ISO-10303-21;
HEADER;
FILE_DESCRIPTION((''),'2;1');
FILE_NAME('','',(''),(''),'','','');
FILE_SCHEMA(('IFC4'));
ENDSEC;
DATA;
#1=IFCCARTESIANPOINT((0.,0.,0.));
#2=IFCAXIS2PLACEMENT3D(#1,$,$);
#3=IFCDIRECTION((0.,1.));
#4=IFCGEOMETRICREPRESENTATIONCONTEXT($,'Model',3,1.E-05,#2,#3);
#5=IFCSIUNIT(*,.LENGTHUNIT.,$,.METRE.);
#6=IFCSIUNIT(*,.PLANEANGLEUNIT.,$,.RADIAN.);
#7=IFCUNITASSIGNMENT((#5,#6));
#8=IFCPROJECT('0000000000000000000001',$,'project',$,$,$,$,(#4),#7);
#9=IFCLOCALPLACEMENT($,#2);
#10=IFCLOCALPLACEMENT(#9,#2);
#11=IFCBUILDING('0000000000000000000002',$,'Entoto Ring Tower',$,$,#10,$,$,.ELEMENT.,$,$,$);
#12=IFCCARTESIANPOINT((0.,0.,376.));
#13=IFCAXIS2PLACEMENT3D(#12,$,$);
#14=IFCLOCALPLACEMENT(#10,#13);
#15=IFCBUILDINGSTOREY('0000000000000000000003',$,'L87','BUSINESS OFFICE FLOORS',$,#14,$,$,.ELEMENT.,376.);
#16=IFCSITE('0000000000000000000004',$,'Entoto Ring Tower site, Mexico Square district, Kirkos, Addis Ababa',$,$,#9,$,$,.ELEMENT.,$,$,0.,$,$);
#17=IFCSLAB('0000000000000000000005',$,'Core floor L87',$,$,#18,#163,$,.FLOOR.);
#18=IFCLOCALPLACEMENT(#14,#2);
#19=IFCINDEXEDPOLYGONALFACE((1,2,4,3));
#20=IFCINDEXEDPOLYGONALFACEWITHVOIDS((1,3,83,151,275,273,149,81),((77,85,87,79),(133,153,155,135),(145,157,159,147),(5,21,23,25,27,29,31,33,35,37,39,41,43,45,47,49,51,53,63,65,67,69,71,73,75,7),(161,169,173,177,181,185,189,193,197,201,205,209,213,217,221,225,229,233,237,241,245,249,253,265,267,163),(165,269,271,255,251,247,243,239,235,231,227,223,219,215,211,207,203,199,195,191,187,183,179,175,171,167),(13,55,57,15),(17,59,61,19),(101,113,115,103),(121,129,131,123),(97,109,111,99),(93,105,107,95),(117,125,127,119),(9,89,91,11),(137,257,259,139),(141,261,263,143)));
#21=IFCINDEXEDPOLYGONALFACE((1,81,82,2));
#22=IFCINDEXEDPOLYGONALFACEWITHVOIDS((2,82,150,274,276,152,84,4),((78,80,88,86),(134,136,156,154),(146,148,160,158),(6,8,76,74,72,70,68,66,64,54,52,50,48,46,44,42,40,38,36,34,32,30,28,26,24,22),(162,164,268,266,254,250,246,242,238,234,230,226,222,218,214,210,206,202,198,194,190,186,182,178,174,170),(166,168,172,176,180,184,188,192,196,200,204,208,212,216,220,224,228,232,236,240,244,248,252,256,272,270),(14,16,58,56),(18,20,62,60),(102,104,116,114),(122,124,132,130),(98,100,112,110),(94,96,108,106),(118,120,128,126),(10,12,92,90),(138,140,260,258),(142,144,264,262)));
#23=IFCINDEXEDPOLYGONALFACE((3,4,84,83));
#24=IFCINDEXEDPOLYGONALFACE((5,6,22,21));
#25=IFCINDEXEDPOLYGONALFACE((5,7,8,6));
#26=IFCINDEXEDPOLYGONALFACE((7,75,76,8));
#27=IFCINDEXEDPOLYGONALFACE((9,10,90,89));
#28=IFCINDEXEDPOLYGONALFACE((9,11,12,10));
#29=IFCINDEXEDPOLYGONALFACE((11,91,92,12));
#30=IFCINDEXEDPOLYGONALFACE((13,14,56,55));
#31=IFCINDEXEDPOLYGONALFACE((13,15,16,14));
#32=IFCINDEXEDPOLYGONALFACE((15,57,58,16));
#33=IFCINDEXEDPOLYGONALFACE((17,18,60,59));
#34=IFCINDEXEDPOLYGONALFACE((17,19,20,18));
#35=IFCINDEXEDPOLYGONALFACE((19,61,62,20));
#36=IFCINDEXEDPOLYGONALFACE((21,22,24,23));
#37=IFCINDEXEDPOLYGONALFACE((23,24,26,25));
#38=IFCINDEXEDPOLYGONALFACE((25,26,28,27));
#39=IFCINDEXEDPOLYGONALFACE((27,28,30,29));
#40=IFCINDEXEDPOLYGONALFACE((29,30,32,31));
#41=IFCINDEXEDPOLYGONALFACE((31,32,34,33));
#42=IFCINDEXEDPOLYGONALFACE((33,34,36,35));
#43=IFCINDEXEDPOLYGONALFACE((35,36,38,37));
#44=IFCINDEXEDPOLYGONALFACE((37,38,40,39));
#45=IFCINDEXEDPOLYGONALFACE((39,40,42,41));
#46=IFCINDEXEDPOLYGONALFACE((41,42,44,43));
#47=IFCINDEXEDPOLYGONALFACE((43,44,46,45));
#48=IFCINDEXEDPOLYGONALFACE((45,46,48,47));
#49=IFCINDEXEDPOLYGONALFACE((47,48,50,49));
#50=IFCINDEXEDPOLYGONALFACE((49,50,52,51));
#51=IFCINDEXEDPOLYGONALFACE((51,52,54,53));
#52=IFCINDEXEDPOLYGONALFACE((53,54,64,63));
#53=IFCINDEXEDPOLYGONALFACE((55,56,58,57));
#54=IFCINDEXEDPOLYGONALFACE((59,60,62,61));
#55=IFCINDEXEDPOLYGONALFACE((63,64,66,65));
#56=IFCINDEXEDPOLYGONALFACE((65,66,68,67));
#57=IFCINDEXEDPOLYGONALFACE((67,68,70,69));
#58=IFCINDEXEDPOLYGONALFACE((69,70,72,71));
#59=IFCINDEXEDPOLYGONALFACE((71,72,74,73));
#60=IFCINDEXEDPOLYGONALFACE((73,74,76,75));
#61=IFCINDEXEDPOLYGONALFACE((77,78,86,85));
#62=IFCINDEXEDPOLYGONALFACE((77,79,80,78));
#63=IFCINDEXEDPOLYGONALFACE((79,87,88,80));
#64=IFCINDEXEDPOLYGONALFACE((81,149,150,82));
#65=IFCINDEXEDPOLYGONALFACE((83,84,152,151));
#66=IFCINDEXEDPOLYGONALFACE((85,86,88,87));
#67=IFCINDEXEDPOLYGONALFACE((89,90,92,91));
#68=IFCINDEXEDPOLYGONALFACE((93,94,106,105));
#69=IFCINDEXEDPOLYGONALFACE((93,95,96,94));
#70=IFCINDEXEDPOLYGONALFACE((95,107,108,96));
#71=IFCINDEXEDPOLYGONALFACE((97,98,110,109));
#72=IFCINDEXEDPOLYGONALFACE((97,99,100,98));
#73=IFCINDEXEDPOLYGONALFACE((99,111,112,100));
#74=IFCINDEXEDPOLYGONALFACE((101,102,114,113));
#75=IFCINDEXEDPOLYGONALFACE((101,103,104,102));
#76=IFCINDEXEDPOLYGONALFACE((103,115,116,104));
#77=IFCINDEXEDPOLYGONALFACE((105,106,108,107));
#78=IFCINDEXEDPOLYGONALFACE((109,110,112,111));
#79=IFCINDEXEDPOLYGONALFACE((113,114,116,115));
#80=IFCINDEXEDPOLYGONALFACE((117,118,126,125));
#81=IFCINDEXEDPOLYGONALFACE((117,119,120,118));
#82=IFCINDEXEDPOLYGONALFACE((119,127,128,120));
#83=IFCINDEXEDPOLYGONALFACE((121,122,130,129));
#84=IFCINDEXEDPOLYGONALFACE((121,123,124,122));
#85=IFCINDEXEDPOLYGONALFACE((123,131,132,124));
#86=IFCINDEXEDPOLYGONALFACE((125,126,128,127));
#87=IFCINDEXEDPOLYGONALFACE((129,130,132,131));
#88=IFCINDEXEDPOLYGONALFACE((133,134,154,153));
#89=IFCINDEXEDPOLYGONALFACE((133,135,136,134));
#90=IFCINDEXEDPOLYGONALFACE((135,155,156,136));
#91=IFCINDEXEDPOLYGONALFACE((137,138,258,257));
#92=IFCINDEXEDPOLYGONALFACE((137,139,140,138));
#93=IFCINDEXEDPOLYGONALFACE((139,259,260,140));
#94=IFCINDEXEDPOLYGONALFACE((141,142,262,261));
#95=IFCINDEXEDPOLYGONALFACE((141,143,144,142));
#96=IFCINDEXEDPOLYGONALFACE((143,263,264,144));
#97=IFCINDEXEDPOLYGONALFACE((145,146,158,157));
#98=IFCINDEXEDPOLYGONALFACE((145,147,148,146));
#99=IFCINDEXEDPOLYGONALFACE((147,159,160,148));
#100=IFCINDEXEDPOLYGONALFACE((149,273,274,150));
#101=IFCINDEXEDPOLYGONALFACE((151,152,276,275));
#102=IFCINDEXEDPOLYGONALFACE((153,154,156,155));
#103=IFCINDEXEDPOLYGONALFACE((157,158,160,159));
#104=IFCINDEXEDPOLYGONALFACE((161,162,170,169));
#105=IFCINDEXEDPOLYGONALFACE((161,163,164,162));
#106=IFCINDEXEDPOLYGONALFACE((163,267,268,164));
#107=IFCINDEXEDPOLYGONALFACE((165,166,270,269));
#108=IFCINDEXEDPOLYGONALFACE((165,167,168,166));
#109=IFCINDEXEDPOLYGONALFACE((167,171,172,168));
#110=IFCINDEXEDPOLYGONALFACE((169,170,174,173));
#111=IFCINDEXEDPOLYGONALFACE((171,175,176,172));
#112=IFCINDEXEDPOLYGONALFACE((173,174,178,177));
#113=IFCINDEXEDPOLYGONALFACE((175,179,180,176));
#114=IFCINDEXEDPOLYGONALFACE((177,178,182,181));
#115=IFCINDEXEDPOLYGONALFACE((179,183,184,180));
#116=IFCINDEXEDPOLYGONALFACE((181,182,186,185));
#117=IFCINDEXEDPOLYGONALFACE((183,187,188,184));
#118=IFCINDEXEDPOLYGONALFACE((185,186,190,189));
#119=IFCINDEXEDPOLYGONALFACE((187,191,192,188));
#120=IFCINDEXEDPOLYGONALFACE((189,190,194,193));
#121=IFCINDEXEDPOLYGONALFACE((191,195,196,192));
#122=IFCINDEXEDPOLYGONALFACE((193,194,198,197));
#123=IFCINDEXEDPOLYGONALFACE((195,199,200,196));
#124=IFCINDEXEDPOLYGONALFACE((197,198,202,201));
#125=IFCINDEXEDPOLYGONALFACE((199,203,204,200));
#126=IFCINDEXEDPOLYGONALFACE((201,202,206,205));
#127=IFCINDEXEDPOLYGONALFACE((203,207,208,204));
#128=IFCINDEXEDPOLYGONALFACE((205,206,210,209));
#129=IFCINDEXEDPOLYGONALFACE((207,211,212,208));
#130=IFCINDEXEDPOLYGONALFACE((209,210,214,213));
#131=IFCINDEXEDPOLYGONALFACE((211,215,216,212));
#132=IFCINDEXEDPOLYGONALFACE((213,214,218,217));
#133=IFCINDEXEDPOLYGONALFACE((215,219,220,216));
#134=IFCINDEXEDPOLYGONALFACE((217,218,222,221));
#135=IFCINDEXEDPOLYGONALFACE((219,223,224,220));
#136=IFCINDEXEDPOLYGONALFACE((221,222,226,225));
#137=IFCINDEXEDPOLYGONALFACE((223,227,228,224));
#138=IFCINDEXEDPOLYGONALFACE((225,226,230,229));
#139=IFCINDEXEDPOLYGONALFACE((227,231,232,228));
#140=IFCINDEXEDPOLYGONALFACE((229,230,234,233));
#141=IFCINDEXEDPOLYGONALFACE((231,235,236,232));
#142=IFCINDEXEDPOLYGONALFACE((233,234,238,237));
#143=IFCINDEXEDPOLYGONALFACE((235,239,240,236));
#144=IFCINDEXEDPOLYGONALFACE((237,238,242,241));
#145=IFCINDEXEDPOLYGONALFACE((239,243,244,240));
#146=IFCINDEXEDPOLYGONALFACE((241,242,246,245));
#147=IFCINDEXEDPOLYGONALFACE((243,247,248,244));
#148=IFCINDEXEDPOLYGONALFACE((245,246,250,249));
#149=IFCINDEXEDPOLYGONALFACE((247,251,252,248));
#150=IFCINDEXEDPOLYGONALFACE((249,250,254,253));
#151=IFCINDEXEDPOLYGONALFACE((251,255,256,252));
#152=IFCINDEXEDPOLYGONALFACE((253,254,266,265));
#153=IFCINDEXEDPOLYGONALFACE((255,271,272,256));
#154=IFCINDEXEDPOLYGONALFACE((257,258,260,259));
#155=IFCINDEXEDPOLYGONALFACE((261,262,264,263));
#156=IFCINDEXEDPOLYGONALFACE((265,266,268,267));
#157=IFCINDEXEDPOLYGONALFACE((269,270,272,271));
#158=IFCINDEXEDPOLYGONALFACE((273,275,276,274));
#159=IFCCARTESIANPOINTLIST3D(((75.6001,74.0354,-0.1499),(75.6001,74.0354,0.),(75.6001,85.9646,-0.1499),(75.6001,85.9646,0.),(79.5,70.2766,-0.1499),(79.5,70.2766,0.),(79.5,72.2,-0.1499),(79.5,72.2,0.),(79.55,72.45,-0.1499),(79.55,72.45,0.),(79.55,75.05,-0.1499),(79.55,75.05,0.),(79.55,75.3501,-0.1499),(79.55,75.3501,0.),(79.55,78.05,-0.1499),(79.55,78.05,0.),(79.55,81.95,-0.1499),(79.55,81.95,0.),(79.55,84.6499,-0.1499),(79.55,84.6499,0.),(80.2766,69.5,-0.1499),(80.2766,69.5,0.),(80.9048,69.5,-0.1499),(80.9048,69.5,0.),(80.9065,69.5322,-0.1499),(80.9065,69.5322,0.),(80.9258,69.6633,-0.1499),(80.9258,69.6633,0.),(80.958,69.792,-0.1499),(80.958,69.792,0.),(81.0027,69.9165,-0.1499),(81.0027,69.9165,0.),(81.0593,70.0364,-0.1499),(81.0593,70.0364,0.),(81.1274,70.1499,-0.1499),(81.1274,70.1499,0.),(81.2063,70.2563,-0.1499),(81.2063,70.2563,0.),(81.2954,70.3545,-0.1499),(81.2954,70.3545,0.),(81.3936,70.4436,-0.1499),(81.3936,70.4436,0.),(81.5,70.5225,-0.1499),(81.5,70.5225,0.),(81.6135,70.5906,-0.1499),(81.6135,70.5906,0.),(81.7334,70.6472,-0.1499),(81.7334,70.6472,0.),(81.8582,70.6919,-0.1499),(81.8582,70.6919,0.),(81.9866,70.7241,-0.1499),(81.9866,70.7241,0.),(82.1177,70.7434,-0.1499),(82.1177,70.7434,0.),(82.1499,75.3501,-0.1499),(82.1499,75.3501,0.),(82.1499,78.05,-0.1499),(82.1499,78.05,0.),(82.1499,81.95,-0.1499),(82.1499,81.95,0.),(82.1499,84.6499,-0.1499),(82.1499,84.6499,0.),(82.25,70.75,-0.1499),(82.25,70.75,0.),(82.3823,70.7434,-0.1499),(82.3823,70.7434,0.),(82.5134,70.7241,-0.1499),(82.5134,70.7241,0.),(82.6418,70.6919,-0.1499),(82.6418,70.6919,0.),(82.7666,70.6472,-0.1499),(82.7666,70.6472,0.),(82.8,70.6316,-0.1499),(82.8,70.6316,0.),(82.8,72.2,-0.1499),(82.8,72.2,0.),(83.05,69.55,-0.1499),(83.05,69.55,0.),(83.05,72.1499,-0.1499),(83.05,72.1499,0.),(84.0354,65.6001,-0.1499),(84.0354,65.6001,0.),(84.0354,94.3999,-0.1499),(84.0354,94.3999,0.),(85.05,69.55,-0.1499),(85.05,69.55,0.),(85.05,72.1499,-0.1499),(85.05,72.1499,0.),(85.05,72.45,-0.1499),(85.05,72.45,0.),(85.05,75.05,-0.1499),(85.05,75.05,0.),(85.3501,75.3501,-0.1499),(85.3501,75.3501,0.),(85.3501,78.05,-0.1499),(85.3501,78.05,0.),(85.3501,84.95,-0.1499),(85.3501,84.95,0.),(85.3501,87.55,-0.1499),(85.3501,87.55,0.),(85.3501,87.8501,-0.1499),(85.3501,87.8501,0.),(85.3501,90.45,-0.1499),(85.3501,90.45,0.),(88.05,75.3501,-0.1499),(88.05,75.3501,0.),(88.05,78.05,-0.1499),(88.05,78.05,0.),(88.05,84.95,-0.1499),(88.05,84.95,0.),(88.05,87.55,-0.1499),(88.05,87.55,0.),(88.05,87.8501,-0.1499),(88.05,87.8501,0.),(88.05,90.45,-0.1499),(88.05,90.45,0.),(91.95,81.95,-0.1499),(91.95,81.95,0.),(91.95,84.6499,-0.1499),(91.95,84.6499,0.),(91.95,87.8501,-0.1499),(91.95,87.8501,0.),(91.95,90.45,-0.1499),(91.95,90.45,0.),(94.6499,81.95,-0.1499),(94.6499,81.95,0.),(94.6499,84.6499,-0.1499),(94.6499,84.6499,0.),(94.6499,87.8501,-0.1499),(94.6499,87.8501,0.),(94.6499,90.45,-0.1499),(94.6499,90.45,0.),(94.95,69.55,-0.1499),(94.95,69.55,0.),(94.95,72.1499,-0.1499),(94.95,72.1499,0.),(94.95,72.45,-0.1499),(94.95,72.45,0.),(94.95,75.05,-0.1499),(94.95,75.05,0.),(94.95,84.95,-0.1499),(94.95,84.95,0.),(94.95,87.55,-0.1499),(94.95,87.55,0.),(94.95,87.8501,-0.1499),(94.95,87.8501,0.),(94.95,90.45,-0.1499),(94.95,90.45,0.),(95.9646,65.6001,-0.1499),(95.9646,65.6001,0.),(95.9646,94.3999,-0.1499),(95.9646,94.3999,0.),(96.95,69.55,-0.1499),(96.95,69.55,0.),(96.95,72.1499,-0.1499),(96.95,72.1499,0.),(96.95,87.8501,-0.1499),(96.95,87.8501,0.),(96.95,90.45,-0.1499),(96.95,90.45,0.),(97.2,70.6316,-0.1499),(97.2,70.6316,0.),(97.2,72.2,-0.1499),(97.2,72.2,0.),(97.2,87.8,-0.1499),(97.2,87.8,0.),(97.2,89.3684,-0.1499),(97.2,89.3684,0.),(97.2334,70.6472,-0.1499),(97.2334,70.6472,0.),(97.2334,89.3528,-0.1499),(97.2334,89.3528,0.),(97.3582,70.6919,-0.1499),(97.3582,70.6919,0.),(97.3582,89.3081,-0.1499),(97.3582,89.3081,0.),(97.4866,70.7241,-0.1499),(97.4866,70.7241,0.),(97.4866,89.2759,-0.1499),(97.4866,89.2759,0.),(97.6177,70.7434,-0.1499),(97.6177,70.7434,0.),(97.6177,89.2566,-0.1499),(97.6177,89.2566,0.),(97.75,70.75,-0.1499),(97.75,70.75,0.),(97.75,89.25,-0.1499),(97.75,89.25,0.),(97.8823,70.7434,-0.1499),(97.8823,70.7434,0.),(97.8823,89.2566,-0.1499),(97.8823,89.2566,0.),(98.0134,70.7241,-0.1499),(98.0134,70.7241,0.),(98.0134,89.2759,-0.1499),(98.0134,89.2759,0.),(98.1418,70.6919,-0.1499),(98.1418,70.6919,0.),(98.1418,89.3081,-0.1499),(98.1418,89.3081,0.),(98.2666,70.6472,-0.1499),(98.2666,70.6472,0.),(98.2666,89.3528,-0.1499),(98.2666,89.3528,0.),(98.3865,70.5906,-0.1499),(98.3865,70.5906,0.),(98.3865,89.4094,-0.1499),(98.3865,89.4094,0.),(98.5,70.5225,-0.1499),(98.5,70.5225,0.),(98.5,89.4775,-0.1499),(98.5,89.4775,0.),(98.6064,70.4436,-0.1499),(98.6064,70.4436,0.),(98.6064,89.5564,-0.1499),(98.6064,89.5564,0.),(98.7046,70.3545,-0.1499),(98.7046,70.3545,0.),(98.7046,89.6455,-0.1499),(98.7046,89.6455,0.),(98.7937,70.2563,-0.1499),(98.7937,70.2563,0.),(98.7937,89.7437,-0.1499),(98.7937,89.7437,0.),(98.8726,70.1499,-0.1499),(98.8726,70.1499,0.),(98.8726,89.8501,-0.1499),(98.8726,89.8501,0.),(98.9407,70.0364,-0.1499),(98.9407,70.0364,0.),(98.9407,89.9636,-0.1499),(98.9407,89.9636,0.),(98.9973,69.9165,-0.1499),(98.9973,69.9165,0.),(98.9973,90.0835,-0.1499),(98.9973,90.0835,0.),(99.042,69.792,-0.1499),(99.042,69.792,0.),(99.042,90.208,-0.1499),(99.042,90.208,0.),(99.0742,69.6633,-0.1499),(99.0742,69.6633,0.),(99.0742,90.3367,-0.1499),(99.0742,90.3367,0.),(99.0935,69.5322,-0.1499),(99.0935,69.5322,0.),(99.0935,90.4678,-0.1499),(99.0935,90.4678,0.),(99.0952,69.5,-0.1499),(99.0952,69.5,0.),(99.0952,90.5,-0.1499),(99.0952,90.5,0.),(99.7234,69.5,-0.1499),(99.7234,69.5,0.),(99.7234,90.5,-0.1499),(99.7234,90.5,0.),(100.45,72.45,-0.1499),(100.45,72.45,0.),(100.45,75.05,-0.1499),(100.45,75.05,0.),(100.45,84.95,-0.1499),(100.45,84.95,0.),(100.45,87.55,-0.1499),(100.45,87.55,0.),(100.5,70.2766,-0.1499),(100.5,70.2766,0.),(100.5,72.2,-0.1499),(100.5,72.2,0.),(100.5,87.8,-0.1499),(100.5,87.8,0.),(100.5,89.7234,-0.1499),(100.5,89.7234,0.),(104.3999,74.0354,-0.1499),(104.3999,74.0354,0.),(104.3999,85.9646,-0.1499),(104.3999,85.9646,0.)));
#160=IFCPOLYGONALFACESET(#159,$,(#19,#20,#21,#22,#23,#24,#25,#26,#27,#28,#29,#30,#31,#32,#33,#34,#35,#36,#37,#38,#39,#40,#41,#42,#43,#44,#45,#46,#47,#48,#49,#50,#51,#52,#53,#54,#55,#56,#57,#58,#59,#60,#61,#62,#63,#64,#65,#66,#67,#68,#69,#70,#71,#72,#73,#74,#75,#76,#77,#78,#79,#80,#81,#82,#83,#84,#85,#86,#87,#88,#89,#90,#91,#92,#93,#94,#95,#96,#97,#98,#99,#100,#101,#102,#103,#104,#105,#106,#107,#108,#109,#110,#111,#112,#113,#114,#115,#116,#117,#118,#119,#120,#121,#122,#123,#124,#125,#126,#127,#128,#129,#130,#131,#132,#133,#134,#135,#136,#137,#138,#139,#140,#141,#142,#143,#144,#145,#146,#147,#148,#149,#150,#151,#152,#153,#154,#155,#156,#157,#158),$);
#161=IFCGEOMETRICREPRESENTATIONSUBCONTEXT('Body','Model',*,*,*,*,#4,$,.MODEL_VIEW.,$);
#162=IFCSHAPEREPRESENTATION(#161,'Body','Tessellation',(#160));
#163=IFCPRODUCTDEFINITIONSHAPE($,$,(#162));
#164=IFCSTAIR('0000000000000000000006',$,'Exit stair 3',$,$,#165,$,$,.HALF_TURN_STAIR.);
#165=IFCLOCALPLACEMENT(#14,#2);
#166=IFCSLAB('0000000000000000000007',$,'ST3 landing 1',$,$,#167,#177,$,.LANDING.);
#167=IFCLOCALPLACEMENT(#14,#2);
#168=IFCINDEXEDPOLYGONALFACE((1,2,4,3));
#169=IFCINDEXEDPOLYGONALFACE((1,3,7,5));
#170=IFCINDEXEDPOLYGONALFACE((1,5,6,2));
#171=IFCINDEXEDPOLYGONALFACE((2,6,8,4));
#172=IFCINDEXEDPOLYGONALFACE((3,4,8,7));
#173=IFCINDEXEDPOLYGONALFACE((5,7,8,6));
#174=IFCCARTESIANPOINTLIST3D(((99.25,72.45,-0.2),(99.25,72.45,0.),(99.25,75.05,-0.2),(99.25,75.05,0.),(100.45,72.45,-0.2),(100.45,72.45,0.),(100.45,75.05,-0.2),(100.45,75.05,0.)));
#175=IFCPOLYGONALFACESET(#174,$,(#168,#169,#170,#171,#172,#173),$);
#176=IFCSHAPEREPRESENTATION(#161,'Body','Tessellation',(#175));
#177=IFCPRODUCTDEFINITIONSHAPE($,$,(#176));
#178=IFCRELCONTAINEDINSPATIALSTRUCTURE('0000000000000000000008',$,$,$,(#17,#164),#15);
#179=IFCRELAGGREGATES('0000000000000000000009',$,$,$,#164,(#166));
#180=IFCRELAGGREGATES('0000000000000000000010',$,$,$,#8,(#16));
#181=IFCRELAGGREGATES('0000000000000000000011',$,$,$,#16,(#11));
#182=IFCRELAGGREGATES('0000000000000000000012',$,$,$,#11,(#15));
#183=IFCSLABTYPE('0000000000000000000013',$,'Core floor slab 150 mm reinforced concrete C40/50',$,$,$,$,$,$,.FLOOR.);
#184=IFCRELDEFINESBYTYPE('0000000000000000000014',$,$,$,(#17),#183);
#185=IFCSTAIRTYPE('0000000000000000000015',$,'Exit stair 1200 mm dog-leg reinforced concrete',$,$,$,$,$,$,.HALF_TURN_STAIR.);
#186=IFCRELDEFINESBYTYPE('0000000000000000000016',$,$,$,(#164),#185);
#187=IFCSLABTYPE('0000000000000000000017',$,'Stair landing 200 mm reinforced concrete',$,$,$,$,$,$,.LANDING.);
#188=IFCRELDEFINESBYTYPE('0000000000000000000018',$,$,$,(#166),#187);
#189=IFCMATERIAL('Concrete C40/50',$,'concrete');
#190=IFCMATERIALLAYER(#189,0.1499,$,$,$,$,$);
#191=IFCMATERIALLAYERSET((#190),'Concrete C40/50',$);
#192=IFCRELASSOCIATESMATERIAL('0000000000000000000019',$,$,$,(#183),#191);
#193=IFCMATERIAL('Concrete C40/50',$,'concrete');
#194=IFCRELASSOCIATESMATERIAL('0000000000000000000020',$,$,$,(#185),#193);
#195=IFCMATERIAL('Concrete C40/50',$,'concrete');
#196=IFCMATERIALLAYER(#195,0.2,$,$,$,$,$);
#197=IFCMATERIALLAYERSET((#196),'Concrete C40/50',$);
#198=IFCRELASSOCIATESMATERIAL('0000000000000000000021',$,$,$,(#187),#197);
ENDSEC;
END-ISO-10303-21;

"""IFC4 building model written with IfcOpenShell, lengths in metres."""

from ifc_helpers import new_model, si_unit, direction, frame, origin, place, context, subcontext, project, spatial, polyline, outline, extrude, material, layer, layer_set, type_object, element, aggregate, save


model = new_model("IFC4")

# Units and contexts
model_context = context("Model", 3, precision=1e-05, world=origin(), true_north=direction((0.0, 1.0)))
body_context = subcontext(model_context, "Body", "Model", "MODEL_VIEW")
ifc_project = project(units=[si_unit("LENGTHUNIT", "METRE"), si_unit("PLANEANGLEUNIT", "RADIAN")], contexts=[model_context])

# Site, building, storey
site_placement = place(None, origin())
site = spatial("IfcSite", under=ifc_project, at=site_placement, Name="Entoto Ring Tower site, Mexico Square district, Kirkos, Addis Ababa", CompositionType="ELEMENT", RefElevation=0.0)
building_placement = place(site_placement, origin())
building = spatial("IfcBuilding", under=site, at=building_placement, Name="Entoto Ring Tower", CompositionType="ELEMENT")
storey_placement = place(building_placement, frame((0.0, 0.0, 376.0)))
storey = spatial("IfcBuildingStorey", under=building, at=storey_placement, Name="L87", Description="BUSINESS OFFICE FLOORS", CompositionType="ELEMENT", Elevation=376.0)

# Slab
ifc_material_1 = material(Name="Concrete C40/50", Category="concrete")
ifc_layer_1 = layer(ifc_material_1, 0.1499)
ifc_layer_set_1 = layer_set([ifc_layer_1], Name="Concrete C40/50")
slab_type_1 = type_object("IfcSlabType", Name="Core floor slab 150 mm reinforced concrete C40/50", PredefinedType="FLOOR", material=ifc_layer_set_1)
slab_1_placement = place(storey_placement, frame((0.0, 0.0, -0.1499)))
element("IfcSlab", 1, at=slab_1_placement, inside=storey, type_object=slab_type_1, Name="Core floor L87", PredefinedType="FLOOR", context=body_context, shape_type="SweptSolid", body=[
    extrude(outline(polyline([(104.3999, 74.0354), (104.3999, 85.9646), (95.9646, 94.3999), (84.0354, 94.3999), (75.6001, 85.9646), (75.6001, 74.0354), (84.0354, 65.6001), (95.9646, 65.6001), (104.3999, 74.0354)]), holes=[polyline([(100.45, 84.95), (100.45, 87.55), (94.95, 87.55), (94.95, 84.95), (100.45, 84.95)]), polyline([(85.05, 72.45), (85.05, 75.05), (79.55, 75.05), (79.55, 72.45), (85.05, 72.45)]), polyline([(100.45, 72.45), (100.45, 75.05), (94.95, 75.05), (94.95, 72.45), (100.45, 72.45)]), polyline([(94.95, 90.45), (94.95, 87.8501), (96.95, 87.8501), (96.95, 90.45), (94.95, 90.45)]), polyline([(94.95, 72.1499), (94.95, 69.55), (96.95, 69.55), (96.95, 72.1499), (94.95, 72.1499)]), polyline([(83.05, 72.1499), (83.05, 69.55), (85.05, 69.55), (85.05, 72.1499), (83.05, 72.1499)]), polyline([(79.55, 81.95), (82.1499, 81.95), (82.1499, 84.6499), (79.55, 84.6499), (79.55, 81.95)]), polyline([(79.55, 75.3501), (82.1499, 75.3501), (82.1499, 78.05), (79.55, 78.05), (79.55, 75.3501)]), polyline([(91.95, 87.8501), (94.6499, 87.8501), (94.6499, 90.45), (91.95, 90.45), (91.95, 87.8501)]), polyline([(91.95, 81.95), (94.6499, 81.95), (94.6499, 84.6499), (91.95, 84.6499), (91.95, 81.95)]), polyline([(85.3501, 75.3501), (88.05, 75.3501), (88.05, 78.05), (85.3501, 78.05), (85.3501, 75.3501)]), polyline([(85.3501, 84.95), (88.05, 84.95), (88.05, 87.55), (85.3501, 87.55), (85.3501, 84.95)]), polyline([(85.3501, 87.8501), (88.05, 87.8501), (88.05, 90.45), (85.3501, 90.45), (85.3501, 87.8501)]), polyline([(97.2, 89.3684), (97.2, 87.8), (100.5, 87.8), (100.5, 89.7234), (99.7234, 90.5), (99.0952, 90.5), (99.0935, 90.4678), (99.0742, 90.3367), (99.042, 90.208), (98.9973, 90.0835), (98.9407, 89.9636), (98.8726, 89.8501), (98.7937, 89.7437), (98.7046, 89.6455), (98.6064, 89.5564), (98.5, 89.4775), (98.3865, 89.4094), (98.2666, 89.3528), (98.1418, 89.3081), (98.0134, 89.2759), (97.8823, 89.2566), (97.75, 89.25), (97.6177, 89.2566), (97.4866, 89.2759), (97.3582, 89.3081), (97.2334, 89.3528), (97.2, 89.3684)]), polyline([(80.2766, 69.5), (80.9048, 69.5), (80.9065, 69.5322), (80.9258, 69.6633), (80.958, 69.792), (81.0027, 69.9165), (81.0593, 70.0364), (81.1274, 70.1499), (81.2063, 70.2563), (81.2954, 70.3545), (81.3936, 70.4436), (81.5, 70.5225), (81.6135, 70.5906), (81.7334, 70.6472), (81.8582, 70.6919), (81.9866, 70.7241), (82.1177, 70.7434), (82.25, 70.75), (82.3823, 70.7434), (82.5134, 70.7241), (82.6418, 70.6919), (82.7666, 70.6472), (82.8, 70.6316), (82.8, 72.2), (79.5, 72.2), (79.5, 70.2766), (80.2766, 69.5)]), polyline([(99.0952, 69.5), (99.7234, 69.5), (100.5, 70.2766), (100.5, 72.2), (97.2, 72.2), (97.2, 70.6316), (97.2334, 70.6472), (97.3582, 70.6919), (97.4866, 70.7241), (97.6177, 70.7434), (97.75, 70.75), (97.8823, 70.7434), (98.0134, 70.7241), (98.1418, 70.6919), (98.2666, 70.6472), (98.3865, 70.5906), (98.5, 70.5225), (98.6064, 70.4436), (98.7046, 70.3545), (98.7937, 70.2563), (98.8726, 70.1499), (98.9407, 70.0364), (98.9973, 69.9165), (99.042, 69.792), (99.0742, 69.6633), (99.0935, 69.5322), (99.0952, 69.5)])]), origin(), (0.0, 0.0, 1.0), 0.1499),
])

# Stair, slab
ifc_material_2 = material(Name="Concrete C40/50", Category="concrete")
stair_type = type_object("IfcStairType", Name="Exit stair 1200 mm dog-leg reinforced concrete", PredefinedType="HALF_TURN_STAIR", material=ifc_material_2)
stair_placement = place(storey_placement, origin())
stair = element("IfcStair", 2, at=stair_placement, inside=storey, type_object=stair_type, Name="Exit stair 3", PredefinedType="HALF_TURN_STAIR")
ifc_material_3 = material(Name="Concrete C40/50", Category="concrete")
ifc_layer_2 = layer(ifc_material_3, 0.2)
ifc_layer_set_2 = layer_set([ifc_layer_2], Name="Concrete C40/50")
slab_type_2 = type_object("IfcSlabType", Name="Stair landing 200 mm reinforced concrete", PredefinedType="LANDING", material=ifc_layer_set_2)
slab_2_placement = place(storey_placement, frame((0.0, 0.0, -0.2)))
slab_2 = element("IfcSlab", 3, at=slab_2_placement, type_object=slab_type_2, Name="ST3 landing 1", PredefinedType="LANDING", context=body_context, shape_type="SweptSolid", body=[
    extrude(outline(polyline([(100.45, 72.45), (100.45, 75.05), (99.25, 75.05), (99.25, 72.45), (100.45, 72.45)])), origin(), (0.0, 0.0, 1.0), 0.2),
])
aggregate(stair, [slab_2])

save(model, "model.ifc")
